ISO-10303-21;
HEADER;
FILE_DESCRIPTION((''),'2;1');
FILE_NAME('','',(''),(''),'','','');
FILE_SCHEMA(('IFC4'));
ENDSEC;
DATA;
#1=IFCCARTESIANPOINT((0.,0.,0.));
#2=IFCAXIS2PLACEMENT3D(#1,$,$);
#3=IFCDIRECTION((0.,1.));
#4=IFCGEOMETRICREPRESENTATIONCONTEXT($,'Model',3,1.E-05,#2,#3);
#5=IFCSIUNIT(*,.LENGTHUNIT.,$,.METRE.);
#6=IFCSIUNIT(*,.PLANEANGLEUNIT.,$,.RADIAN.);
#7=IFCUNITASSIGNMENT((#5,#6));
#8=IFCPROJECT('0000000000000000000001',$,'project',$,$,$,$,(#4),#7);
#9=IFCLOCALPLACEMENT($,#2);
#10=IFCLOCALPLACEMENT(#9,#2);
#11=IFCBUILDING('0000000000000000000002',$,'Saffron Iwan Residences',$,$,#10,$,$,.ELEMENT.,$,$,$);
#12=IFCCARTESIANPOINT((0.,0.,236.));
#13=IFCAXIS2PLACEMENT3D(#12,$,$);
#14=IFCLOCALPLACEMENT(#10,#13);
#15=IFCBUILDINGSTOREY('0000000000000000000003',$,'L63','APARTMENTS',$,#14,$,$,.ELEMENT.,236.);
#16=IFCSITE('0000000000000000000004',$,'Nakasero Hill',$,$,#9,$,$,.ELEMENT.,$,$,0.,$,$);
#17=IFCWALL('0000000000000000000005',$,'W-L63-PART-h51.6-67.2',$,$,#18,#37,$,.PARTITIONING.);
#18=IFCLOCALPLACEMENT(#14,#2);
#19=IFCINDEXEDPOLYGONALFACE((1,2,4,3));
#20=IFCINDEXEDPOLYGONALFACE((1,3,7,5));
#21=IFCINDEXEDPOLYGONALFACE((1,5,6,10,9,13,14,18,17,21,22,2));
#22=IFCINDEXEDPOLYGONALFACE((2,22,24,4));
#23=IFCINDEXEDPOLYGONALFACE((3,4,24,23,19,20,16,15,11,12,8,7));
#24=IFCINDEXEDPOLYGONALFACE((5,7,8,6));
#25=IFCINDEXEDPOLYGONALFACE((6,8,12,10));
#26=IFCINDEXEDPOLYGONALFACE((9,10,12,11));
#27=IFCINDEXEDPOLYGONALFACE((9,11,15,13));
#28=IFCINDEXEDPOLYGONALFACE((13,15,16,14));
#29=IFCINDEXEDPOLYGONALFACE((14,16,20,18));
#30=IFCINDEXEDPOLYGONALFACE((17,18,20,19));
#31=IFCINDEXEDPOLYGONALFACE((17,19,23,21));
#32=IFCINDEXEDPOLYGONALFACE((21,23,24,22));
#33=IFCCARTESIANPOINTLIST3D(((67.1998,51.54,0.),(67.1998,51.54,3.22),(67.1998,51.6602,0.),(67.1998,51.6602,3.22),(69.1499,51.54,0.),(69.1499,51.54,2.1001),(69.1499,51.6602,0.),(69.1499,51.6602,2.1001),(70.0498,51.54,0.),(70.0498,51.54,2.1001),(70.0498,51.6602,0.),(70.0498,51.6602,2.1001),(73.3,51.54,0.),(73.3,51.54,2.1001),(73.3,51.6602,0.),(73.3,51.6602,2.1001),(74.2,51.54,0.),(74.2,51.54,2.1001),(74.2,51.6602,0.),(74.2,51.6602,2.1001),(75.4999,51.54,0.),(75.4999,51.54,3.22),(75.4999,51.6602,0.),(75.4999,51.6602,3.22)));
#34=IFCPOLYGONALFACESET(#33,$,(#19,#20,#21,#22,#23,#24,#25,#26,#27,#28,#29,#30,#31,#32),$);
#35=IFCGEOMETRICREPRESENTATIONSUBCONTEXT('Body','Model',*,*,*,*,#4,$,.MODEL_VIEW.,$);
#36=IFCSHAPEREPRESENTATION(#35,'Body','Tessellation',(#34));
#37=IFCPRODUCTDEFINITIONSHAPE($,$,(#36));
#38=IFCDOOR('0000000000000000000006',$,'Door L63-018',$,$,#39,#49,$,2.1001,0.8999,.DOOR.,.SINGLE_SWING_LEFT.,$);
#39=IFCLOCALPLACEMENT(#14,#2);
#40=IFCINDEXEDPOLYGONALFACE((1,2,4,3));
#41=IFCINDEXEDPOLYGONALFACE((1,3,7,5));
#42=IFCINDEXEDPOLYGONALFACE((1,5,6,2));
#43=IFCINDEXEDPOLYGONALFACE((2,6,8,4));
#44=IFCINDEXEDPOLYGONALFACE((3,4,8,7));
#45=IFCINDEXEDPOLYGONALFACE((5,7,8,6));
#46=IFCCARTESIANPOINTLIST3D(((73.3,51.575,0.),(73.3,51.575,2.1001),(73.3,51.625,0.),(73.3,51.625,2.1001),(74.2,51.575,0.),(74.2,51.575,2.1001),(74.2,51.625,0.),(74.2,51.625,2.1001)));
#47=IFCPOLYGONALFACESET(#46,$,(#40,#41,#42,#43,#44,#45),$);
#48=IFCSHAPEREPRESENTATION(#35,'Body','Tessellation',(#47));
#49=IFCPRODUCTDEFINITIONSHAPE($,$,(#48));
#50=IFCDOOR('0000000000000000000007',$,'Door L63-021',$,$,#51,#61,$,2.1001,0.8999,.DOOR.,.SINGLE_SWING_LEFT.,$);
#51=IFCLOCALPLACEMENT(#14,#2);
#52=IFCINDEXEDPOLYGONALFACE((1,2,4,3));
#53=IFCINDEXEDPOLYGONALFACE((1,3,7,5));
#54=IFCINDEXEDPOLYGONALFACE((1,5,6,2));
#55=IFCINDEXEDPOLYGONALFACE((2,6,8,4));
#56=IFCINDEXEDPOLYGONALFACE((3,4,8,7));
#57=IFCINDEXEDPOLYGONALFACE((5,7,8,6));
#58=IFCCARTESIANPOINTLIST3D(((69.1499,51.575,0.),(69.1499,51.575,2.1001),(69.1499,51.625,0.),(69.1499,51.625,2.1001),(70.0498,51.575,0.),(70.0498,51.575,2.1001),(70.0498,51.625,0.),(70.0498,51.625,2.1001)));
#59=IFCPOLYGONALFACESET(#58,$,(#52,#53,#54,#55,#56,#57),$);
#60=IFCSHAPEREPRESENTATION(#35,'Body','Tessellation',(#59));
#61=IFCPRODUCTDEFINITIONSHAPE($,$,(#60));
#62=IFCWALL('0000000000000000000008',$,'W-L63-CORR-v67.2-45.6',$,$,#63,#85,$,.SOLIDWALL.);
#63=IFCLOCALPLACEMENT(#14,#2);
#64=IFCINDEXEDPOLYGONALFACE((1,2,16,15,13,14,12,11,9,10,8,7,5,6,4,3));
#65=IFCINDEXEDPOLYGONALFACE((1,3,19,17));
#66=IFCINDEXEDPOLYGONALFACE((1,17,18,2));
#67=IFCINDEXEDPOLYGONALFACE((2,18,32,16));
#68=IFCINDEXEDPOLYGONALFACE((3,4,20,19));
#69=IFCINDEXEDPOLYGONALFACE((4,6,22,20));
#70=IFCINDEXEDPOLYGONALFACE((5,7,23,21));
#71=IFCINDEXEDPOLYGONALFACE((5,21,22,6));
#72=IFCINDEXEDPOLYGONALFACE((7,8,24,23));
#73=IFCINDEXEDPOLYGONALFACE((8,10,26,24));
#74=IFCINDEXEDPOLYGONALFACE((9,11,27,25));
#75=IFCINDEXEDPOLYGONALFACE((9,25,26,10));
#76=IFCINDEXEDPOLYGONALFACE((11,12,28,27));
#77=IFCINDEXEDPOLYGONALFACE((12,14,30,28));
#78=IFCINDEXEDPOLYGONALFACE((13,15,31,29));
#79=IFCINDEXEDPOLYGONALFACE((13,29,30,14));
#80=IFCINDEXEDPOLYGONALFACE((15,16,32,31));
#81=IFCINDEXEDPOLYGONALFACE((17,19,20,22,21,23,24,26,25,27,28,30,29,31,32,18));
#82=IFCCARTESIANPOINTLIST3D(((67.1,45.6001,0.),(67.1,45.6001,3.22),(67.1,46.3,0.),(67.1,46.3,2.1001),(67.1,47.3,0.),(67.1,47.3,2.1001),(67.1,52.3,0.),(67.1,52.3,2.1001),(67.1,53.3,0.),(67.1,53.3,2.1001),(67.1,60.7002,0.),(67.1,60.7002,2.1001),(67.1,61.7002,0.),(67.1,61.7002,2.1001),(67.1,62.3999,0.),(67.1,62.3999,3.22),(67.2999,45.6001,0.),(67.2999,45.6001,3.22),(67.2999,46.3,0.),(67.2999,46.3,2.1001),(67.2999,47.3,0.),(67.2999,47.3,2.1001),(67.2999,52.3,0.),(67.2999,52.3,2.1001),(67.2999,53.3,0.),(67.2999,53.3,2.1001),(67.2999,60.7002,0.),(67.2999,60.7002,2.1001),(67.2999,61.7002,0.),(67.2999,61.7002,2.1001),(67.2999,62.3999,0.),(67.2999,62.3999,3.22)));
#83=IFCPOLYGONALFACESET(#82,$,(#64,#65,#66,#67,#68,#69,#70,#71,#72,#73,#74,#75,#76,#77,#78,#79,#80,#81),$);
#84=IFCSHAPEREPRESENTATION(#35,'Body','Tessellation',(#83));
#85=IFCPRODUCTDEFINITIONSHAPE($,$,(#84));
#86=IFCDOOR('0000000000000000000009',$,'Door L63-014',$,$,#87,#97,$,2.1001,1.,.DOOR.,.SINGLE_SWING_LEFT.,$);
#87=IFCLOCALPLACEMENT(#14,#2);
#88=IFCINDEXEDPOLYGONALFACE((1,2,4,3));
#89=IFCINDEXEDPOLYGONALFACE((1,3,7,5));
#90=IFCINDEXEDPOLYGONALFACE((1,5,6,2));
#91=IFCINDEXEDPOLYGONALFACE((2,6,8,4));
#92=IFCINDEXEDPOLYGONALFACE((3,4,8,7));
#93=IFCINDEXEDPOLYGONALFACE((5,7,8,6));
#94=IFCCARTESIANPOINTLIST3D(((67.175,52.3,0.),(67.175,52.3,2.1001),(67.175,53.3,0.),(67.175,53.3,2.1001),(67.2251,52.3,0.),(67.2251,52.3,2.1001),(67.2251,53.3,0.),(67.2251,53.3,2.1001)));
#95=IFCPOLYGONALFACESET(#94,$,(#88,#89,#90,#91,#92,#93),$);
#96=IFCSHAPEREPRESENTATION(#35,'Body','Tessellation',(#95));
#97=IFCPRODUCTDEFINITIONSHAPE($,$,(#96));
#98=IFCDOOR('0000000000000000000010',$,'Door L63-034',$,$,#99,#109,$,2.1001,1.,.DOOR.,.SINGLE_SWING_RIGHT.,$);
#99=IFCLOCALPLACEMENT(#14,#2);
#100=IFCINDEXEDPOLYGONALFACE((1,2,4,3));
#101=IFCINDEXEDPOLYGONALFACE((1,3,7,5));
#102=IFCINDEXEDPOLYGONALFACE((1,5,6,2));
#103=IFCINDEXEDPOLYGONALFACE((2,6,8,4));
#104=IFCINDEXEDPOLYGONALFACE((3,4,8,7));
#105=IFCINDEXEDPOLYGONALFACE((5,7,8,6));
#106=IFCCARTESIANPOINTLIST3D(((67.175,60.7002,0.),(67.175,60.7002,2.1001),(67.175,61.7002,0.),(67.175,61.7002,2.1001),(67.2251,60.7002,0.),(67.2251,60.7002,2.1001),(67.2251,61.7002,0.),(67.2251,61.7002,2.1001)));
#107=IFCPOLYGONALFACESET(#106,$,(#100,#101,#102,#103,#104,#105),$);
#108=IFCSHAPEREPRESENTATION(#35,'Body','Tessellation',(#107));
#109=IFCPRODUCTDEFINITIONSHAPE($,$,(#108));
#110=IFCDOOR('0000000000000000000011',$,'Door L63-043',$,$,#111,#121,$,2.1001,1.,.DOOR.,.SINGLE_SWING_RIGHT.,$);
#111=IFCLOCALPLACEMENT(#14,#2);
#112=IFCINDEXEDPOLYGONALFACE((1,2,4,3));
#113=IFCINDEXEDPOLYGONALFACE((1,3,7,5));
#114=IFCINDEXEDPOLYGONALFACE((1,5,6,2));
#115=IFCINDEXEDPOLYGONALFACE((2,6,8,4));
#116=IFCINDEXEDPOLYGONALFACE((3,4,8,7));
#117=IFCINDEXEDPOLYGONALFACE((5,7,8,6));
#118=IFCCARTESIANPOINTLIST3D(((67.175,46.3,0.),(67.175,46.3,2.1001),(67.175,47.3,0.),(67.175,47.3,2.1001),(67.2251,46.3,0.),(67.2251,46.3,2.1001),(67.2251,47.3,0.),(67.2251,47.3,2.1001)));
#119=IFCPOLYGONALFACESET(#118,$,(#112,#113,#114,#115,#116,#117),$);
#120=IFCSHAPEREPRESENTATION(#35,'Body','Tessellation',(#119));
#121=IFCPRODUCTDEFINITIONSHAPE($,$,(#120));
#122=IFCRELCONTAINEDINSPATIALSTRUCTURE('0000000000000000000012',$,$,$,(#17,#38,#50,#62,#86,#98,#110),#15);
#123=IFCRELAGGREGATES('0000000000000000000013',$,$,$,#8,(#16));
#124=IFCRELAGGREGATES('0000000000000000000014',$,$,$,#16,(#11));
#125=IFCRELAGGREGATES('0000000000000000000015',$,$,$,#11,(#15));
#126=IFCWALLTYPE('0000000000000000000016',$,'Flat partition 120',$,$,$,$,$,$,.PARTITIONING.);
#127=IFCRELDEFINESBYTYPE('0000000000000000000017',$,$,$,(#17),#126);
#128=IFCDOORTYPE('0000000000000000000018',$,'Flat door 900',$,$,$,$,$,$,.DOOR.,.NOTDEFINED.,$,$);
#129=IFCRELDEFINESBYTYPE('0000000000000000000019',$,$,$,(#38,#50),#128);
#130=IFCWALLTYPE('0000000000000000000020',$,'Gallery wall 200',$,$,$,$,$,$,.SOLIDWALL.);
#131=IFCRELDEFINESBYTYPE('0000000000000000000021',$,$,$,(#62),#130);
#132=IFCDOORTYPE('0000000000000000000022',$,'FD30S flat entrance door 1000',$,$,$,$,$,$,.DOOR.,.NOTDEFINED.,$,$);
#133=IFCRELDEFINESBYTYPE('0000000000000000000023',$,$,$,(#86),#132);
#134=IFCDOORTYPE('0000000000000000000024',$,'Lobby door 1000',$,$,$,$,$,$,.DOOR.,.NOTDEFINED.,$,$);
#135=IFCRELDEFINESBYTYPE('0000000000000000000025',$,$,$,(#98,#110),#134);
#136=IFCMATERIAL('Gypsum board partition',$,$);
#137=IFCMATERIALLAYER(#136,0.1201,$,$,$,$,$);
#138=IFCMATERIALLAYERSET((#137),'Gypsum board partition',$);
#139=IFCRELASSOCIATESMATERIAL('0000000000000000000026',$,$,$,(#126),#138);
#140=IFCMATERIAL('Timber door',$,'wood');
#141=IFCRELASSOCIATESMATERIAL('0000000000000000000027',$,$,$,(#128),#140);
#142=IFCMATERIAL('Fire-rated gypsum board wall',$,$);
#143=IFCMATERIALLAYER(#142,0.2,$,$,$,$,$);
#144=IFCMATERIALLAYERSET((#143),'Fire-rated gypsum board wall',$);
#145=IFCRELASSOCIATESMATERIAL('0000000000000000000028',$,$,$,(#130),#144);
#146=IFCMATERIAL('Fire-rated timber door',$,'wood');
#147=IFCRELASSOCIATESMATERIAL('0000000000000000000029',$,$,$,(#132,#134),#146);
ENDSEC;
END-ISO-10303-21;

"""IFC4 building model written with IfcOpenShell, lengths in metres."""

from ifc_helpers import new_model, si_unit, direction, frame, frame_2d, origin, place, context, subcontext, project, spatial, rectangle, extrude, material, layer, layer_set, type_object, element, fill, save


model = new_model("IFC4")

# Units and contexts
model_context = context("Model", 3, precision=1e-05, world=origin(), true_north=direction((0.0, 1.0)))
body_context = subcontext(model_context, "Body", "Model", "MODEL_VIEW")
ifc_project = project(units=[si_unit("LENGTHUNIT", "METRE"), si_unit("PLANEANGLEUNIT", "RADIAN")], contexts=[model_context])

# Site, building, storey
site_placement = place(None, origin())
site = spatial("IfcSite", under=ifc_project, at=site_placement, Name="Nakasero Hill", CompositionType="ELEMENT", RefElevation=0.0)
building_placement = place(site_placement, origin())
building = spatial("IfcBuilding", under=site, at=building_placement, Name="Saffron Iwan Residences", CompositionType="ELEMENT")
storey_placement = place(building_placement, frame((0.0, 0.0, 236.0)))
storey = spatial("IfcBuildingStorey", under=building, at=storey_placement, Name="L63", Description="APARTMENTS", CompositionType="ELEMENT", Elevation=236.0)

# Shared definitions
ifc_material_1 = material(Name="Fire-rated gypsum board wall")

# Shared definitions
ifc_material_2 = material(Name="Gypsum board partition")
ifc_layer_1 = layer(ifc_material_2, 0.1201)
ifc_layer_set_1 = layer_set([ifc_layer_1], Name="Gypsum board partition")
wall_type_1 = type_object("IfcWallType", Name="Flat partition 120", PredefinedType="PARTITIONING", material=ifc_layer_set_1)
ifc_material_3 = material(Name="Timber door", Category="wood")
door_type_1 = type_object("IfcDoorType", Name="Flat door 900", OperationType="NOTDEFINED", PredefinedType="DOOR", material=ifc_material_3)

# Walls, openings, doors
wall_1_placement = place(storey_placement, frame((67.2, 51.6001, 0.0), z_axis=(0.0, 0.0, 1.0), x_axis=(1.0, 0.0, 0.0)))
wall_1 = element("IfcWall", 1, at=wall_1_placement, inside=storey, type_object=wall_type_1, Name="W-L63-PART-h51.6-67.2", PredefinedType="PARTITIONING", context=body_context, shape_type="SweptSolid", body=[
    extrude(rectangle(XDim=8.3, YDim=0.1201, at=frame_2d((4.1499, 0.0))), origin(), (0.0, 0.0, 1.0), 3.22),
])
opening_1_placement = place(wall_1_placement, frame((6.1001, 0.0, 0.0)))
opening_1 = element("IfcOpeningElement", 2, at=opening_1_placement, cuts=wall_1, PredefinedType="OPENING", context=body_context, shape_type="SweptSolid", body=[
    extrude(rectangle(XDim=0.8999, YDim=2.1001, at=frame_2d((0.45, 1.05))), frame((0.0, 0.0701, 0.0), z_axis=(0.0, -1.0, 0.0), x_axis=(1.0, 0.0, 0.0)), (0.0, 0.0, 1.0), 0.1401),
])
opening_2_placement = place(wall_1_placement, frame((1.95, 0.0, 0.0)))
opening_2 = element("IfcOpeningElement", 3, at=opening_2_placement, cuts=wall_1, PredefinedType="OPENING", context=body_context, shape_type="SweptSolid", body=[
    extrude(rectangle(XDim=0.8999, YDim=2.1001, at=frame_2d((0.45, 1.05))), frame((0.0, 0.0701, 0.0), z_axis=(0.0, -1.0, 0.0), x_axis=(1.0, 0.0, 0.0)), (0.0, 0.0, 1.0), 0.1401),
])
door_1_placement = place(opening_1_placement, origin())
door_1 = element("IfcDoor", 4, at=door_1_placement, inside=storey, type_object=door_type_1, Name="Door L63-018", OperationType="SINGLE_SWING_LEFT", OverallHeight=2.1001, OverallWidth=0.8999, PredefinedType="DOOR", context=body_context, shape_type="SweptSolid", body=[
    extrude(rectangle(XDim=0.8999, YDim=2.1001, at=frame_2d((0.45, 1.05))), frame((0.0, 0.0249, 0.0), z_axis=(0.0, -1.0, 0.0), x_axis=(1.0, 0.0, 0.0)), (0.0, 0.0, 1.0), 0.05),
])
fill(opening_1, door_1)
door_2_placement = place(opening_2_placement, origin())
door_2 = element("IfcDoor", 5, at=door_2_placement, inside=storey, type_object=door_type_1, Name="Door L63-021", OperationType="SINGLE_SWING_LEFT", OverallHeight=2.1001, OverallWidth=0.8999, PredefinedType="DOOR", context=body_context, shape_type="SweptSolid", body=[
    extrude(rectangle(XDim=0.8999, YDim=2.1001, at=frame_2d((0.45, 1.05))), frame((0.0, 0.0249, 0.0), z_axis=(0.0, -1.0, 0.0), x_axis=(1.0, 0.0, 0.0)), (0.0, 0.0, 1.0), 0.05),
])
fill(opening_2, door_2)
ifc_layer_2 = layer(ifc_material_1, 0.2)
ifc_layer_set_2 = layer_set([ifc_layer_2], Name="Fire-rated gypsum board wall")
wall_type_2 = type_object("IfcWallType", Name="Gallery wall 200", PredefinedType="SOLIDWALL", material=ifc_layer_set_2)
wall_2_placement = place(storey_placement, frame((67.2, 45.6001, 0.0), z_axis=(0.0, 0.0, 1.0), x_axis=(0.0, 1.0, 0.0)))
wall_2 = element("IfcWall", 6, at=wall_2_placement, inside=storey, type_object=wall_type_2, Name="W-L63-CORR-v67.2-45.6", PredefinedType="SOLIDWALL", context=body_context, shape_type="SweptSolid", body=[
    extrude(rectangle(XDim=16.7998, YDim=0.2, at=frame_2d((8.3999, 0.0))), origin(), (0.0, 0.0, 1.0), 3.22),
])
opening_3_placement = place(wall_2_placement, frame((6.7, 0.0, 0.0)))
opening_3 = element("IfcOpeningElement", 7, at=opening_3_placement, cuts=wall_2, PredefinedType="OPENING", context=body_context, shape_type="SweptSolid", body=[
    extrude(rectangle(XDim=1.0, YDim=2.1001, at=frame_2d((0.5, 1.05))), frame((0.0, 0.1099, 0.0), z_axis=(0.0, -1.0, 0.0), x_axis=(1.0, 0.0, 0.0)), (0.0, 0.0, 1.0), 0.22),
])
opening_4_placement = place(wall_2_placement, frame((15.1001, 0.0, 0.0)))
opening_4 = element("IfcOpeningElement", 8, at=opening_4_placement, cuts=wall_2, PredefinedType="OPENING", context=body_context, shape_type="SweptSolid", body=[
    extrude(rectangle(XDim=1.0, YDim=2.1001, at=frame_2d((0.5, 1.05))), frame((0.0, 0.1099, 0.0), z_axis=(0.0, -1.0, 0.0), x_axis=(1.0, 0.0, 0.0)), (0.0, 0.0, 1.0), 0.22),
])
opening_5_placement = place(wall_2_placement, frame((0.7, 0.0, 0.0)))
opening_5 = element("IfcOpeningElement", 9, at=opening_5_placement, cuts=wall_2, PredefinedType="OPENING", context=body_context, shape_type="SweptSolid", body=[
    extrude(rectangle(XDim=1.0, YDim=2.1001, at=frame_2d((0.5, 1.05))), frame((0.0, 0.1099, 0.0), z_axis=(0.0, -1.0, 0.0), x_axis=(1.0, 0.0, 0.0)), (0.0, 0.0, 1.0), 0.22),
])
ifc_material_4 = material(Name="Fire-rated timber door", Category="wood")
door_type_2 = type_object("IfcDoorType", Name="FD30S flat entrance door 1000", OperationType="NOTDEFINED", PredefinedType="DOOR", material=ifc_material_4)
door_3_placement = place(opening_3_placement, origin())
door_3 = element("IfcDoor", 10, at=door_3_placement, inside=storey, type_object=door_type_2, Name="Door L63-014", OperationType="SINGLE_SWING_LEFT", OverallHeight=2.1001, OverallWidth=1.0, PredefinedType="DOOR", context=body_context, shape_type="SweptSolid", body=[
    extrude(rectangle(XDim=1.0, YDim=2.1001, at=frame_2d((0.5, 1.05))), frame((0.0, 0.0249, 0.0), z_axis=(0.0, -1.0, 0.0), x_axis=(1.0, 0.0, 0.0)), (0.0, 0.0, 1.0), 0.05),
])
fill(opening_3, door_3)
door_type_3 = type_object("IfcDoorType", Name="Lobby door 1000", OperationType="NOTDEFINED", PredefinedType="DOOR", material=ifc_material_4)
door_4_placement = place(opening_4_placement, origin())
door_4 = element("IfcDoor", 11, at=door_4_placement, inside=storey, type_object=door_type_3, Name="Door L63-034", OperationType="SINGLE_SWING_RIGHT", OverallHeight=2.1001, OverallWidth=1.0, PredefinedType="DOOR", context=body_context, shape_type="SweptSolid", body=[
    extrude(rectangle(XDim=1.0, YDim=2.1001, at=frame_2d((0.5, 1.05))), frame((0.0, 0.0249, 0.0), z_axis=(0.0, -1.0, 0.0), x_axis=(1.0, 0.0, 0.0)), (0.0, 0.0, 1.0), 0.05),
])
fill(opening_4, door_4)
door_5_placement = place(opening_5_placement, origin())
door_5 = element("IfcDoor", 12, at=door_5_placement, inside=storey, type_object=door_type_3, Name="Door L63-043", OperationType="SINGLE_SWING_RIGHT", OverallHeight=2.1001, OverallWidth=1.0, PredefinedType="DOOR", context=body_context, shape_type="SweptSolid", body=[
    extrude(rectangle(XDim=1.0, YDim=2.1001, at=frame_2d((0.5, 1.05))), frame((0.0, 0.0249, 0.0), z_axis=(0.0, -1.0, 0.0), x_axis=(1.0, 0.0, 0.0)), (0.0, 0.0, 1.0), 0.05),
])
fill(opening_5, door_5)

save(model, "model.ifc")
